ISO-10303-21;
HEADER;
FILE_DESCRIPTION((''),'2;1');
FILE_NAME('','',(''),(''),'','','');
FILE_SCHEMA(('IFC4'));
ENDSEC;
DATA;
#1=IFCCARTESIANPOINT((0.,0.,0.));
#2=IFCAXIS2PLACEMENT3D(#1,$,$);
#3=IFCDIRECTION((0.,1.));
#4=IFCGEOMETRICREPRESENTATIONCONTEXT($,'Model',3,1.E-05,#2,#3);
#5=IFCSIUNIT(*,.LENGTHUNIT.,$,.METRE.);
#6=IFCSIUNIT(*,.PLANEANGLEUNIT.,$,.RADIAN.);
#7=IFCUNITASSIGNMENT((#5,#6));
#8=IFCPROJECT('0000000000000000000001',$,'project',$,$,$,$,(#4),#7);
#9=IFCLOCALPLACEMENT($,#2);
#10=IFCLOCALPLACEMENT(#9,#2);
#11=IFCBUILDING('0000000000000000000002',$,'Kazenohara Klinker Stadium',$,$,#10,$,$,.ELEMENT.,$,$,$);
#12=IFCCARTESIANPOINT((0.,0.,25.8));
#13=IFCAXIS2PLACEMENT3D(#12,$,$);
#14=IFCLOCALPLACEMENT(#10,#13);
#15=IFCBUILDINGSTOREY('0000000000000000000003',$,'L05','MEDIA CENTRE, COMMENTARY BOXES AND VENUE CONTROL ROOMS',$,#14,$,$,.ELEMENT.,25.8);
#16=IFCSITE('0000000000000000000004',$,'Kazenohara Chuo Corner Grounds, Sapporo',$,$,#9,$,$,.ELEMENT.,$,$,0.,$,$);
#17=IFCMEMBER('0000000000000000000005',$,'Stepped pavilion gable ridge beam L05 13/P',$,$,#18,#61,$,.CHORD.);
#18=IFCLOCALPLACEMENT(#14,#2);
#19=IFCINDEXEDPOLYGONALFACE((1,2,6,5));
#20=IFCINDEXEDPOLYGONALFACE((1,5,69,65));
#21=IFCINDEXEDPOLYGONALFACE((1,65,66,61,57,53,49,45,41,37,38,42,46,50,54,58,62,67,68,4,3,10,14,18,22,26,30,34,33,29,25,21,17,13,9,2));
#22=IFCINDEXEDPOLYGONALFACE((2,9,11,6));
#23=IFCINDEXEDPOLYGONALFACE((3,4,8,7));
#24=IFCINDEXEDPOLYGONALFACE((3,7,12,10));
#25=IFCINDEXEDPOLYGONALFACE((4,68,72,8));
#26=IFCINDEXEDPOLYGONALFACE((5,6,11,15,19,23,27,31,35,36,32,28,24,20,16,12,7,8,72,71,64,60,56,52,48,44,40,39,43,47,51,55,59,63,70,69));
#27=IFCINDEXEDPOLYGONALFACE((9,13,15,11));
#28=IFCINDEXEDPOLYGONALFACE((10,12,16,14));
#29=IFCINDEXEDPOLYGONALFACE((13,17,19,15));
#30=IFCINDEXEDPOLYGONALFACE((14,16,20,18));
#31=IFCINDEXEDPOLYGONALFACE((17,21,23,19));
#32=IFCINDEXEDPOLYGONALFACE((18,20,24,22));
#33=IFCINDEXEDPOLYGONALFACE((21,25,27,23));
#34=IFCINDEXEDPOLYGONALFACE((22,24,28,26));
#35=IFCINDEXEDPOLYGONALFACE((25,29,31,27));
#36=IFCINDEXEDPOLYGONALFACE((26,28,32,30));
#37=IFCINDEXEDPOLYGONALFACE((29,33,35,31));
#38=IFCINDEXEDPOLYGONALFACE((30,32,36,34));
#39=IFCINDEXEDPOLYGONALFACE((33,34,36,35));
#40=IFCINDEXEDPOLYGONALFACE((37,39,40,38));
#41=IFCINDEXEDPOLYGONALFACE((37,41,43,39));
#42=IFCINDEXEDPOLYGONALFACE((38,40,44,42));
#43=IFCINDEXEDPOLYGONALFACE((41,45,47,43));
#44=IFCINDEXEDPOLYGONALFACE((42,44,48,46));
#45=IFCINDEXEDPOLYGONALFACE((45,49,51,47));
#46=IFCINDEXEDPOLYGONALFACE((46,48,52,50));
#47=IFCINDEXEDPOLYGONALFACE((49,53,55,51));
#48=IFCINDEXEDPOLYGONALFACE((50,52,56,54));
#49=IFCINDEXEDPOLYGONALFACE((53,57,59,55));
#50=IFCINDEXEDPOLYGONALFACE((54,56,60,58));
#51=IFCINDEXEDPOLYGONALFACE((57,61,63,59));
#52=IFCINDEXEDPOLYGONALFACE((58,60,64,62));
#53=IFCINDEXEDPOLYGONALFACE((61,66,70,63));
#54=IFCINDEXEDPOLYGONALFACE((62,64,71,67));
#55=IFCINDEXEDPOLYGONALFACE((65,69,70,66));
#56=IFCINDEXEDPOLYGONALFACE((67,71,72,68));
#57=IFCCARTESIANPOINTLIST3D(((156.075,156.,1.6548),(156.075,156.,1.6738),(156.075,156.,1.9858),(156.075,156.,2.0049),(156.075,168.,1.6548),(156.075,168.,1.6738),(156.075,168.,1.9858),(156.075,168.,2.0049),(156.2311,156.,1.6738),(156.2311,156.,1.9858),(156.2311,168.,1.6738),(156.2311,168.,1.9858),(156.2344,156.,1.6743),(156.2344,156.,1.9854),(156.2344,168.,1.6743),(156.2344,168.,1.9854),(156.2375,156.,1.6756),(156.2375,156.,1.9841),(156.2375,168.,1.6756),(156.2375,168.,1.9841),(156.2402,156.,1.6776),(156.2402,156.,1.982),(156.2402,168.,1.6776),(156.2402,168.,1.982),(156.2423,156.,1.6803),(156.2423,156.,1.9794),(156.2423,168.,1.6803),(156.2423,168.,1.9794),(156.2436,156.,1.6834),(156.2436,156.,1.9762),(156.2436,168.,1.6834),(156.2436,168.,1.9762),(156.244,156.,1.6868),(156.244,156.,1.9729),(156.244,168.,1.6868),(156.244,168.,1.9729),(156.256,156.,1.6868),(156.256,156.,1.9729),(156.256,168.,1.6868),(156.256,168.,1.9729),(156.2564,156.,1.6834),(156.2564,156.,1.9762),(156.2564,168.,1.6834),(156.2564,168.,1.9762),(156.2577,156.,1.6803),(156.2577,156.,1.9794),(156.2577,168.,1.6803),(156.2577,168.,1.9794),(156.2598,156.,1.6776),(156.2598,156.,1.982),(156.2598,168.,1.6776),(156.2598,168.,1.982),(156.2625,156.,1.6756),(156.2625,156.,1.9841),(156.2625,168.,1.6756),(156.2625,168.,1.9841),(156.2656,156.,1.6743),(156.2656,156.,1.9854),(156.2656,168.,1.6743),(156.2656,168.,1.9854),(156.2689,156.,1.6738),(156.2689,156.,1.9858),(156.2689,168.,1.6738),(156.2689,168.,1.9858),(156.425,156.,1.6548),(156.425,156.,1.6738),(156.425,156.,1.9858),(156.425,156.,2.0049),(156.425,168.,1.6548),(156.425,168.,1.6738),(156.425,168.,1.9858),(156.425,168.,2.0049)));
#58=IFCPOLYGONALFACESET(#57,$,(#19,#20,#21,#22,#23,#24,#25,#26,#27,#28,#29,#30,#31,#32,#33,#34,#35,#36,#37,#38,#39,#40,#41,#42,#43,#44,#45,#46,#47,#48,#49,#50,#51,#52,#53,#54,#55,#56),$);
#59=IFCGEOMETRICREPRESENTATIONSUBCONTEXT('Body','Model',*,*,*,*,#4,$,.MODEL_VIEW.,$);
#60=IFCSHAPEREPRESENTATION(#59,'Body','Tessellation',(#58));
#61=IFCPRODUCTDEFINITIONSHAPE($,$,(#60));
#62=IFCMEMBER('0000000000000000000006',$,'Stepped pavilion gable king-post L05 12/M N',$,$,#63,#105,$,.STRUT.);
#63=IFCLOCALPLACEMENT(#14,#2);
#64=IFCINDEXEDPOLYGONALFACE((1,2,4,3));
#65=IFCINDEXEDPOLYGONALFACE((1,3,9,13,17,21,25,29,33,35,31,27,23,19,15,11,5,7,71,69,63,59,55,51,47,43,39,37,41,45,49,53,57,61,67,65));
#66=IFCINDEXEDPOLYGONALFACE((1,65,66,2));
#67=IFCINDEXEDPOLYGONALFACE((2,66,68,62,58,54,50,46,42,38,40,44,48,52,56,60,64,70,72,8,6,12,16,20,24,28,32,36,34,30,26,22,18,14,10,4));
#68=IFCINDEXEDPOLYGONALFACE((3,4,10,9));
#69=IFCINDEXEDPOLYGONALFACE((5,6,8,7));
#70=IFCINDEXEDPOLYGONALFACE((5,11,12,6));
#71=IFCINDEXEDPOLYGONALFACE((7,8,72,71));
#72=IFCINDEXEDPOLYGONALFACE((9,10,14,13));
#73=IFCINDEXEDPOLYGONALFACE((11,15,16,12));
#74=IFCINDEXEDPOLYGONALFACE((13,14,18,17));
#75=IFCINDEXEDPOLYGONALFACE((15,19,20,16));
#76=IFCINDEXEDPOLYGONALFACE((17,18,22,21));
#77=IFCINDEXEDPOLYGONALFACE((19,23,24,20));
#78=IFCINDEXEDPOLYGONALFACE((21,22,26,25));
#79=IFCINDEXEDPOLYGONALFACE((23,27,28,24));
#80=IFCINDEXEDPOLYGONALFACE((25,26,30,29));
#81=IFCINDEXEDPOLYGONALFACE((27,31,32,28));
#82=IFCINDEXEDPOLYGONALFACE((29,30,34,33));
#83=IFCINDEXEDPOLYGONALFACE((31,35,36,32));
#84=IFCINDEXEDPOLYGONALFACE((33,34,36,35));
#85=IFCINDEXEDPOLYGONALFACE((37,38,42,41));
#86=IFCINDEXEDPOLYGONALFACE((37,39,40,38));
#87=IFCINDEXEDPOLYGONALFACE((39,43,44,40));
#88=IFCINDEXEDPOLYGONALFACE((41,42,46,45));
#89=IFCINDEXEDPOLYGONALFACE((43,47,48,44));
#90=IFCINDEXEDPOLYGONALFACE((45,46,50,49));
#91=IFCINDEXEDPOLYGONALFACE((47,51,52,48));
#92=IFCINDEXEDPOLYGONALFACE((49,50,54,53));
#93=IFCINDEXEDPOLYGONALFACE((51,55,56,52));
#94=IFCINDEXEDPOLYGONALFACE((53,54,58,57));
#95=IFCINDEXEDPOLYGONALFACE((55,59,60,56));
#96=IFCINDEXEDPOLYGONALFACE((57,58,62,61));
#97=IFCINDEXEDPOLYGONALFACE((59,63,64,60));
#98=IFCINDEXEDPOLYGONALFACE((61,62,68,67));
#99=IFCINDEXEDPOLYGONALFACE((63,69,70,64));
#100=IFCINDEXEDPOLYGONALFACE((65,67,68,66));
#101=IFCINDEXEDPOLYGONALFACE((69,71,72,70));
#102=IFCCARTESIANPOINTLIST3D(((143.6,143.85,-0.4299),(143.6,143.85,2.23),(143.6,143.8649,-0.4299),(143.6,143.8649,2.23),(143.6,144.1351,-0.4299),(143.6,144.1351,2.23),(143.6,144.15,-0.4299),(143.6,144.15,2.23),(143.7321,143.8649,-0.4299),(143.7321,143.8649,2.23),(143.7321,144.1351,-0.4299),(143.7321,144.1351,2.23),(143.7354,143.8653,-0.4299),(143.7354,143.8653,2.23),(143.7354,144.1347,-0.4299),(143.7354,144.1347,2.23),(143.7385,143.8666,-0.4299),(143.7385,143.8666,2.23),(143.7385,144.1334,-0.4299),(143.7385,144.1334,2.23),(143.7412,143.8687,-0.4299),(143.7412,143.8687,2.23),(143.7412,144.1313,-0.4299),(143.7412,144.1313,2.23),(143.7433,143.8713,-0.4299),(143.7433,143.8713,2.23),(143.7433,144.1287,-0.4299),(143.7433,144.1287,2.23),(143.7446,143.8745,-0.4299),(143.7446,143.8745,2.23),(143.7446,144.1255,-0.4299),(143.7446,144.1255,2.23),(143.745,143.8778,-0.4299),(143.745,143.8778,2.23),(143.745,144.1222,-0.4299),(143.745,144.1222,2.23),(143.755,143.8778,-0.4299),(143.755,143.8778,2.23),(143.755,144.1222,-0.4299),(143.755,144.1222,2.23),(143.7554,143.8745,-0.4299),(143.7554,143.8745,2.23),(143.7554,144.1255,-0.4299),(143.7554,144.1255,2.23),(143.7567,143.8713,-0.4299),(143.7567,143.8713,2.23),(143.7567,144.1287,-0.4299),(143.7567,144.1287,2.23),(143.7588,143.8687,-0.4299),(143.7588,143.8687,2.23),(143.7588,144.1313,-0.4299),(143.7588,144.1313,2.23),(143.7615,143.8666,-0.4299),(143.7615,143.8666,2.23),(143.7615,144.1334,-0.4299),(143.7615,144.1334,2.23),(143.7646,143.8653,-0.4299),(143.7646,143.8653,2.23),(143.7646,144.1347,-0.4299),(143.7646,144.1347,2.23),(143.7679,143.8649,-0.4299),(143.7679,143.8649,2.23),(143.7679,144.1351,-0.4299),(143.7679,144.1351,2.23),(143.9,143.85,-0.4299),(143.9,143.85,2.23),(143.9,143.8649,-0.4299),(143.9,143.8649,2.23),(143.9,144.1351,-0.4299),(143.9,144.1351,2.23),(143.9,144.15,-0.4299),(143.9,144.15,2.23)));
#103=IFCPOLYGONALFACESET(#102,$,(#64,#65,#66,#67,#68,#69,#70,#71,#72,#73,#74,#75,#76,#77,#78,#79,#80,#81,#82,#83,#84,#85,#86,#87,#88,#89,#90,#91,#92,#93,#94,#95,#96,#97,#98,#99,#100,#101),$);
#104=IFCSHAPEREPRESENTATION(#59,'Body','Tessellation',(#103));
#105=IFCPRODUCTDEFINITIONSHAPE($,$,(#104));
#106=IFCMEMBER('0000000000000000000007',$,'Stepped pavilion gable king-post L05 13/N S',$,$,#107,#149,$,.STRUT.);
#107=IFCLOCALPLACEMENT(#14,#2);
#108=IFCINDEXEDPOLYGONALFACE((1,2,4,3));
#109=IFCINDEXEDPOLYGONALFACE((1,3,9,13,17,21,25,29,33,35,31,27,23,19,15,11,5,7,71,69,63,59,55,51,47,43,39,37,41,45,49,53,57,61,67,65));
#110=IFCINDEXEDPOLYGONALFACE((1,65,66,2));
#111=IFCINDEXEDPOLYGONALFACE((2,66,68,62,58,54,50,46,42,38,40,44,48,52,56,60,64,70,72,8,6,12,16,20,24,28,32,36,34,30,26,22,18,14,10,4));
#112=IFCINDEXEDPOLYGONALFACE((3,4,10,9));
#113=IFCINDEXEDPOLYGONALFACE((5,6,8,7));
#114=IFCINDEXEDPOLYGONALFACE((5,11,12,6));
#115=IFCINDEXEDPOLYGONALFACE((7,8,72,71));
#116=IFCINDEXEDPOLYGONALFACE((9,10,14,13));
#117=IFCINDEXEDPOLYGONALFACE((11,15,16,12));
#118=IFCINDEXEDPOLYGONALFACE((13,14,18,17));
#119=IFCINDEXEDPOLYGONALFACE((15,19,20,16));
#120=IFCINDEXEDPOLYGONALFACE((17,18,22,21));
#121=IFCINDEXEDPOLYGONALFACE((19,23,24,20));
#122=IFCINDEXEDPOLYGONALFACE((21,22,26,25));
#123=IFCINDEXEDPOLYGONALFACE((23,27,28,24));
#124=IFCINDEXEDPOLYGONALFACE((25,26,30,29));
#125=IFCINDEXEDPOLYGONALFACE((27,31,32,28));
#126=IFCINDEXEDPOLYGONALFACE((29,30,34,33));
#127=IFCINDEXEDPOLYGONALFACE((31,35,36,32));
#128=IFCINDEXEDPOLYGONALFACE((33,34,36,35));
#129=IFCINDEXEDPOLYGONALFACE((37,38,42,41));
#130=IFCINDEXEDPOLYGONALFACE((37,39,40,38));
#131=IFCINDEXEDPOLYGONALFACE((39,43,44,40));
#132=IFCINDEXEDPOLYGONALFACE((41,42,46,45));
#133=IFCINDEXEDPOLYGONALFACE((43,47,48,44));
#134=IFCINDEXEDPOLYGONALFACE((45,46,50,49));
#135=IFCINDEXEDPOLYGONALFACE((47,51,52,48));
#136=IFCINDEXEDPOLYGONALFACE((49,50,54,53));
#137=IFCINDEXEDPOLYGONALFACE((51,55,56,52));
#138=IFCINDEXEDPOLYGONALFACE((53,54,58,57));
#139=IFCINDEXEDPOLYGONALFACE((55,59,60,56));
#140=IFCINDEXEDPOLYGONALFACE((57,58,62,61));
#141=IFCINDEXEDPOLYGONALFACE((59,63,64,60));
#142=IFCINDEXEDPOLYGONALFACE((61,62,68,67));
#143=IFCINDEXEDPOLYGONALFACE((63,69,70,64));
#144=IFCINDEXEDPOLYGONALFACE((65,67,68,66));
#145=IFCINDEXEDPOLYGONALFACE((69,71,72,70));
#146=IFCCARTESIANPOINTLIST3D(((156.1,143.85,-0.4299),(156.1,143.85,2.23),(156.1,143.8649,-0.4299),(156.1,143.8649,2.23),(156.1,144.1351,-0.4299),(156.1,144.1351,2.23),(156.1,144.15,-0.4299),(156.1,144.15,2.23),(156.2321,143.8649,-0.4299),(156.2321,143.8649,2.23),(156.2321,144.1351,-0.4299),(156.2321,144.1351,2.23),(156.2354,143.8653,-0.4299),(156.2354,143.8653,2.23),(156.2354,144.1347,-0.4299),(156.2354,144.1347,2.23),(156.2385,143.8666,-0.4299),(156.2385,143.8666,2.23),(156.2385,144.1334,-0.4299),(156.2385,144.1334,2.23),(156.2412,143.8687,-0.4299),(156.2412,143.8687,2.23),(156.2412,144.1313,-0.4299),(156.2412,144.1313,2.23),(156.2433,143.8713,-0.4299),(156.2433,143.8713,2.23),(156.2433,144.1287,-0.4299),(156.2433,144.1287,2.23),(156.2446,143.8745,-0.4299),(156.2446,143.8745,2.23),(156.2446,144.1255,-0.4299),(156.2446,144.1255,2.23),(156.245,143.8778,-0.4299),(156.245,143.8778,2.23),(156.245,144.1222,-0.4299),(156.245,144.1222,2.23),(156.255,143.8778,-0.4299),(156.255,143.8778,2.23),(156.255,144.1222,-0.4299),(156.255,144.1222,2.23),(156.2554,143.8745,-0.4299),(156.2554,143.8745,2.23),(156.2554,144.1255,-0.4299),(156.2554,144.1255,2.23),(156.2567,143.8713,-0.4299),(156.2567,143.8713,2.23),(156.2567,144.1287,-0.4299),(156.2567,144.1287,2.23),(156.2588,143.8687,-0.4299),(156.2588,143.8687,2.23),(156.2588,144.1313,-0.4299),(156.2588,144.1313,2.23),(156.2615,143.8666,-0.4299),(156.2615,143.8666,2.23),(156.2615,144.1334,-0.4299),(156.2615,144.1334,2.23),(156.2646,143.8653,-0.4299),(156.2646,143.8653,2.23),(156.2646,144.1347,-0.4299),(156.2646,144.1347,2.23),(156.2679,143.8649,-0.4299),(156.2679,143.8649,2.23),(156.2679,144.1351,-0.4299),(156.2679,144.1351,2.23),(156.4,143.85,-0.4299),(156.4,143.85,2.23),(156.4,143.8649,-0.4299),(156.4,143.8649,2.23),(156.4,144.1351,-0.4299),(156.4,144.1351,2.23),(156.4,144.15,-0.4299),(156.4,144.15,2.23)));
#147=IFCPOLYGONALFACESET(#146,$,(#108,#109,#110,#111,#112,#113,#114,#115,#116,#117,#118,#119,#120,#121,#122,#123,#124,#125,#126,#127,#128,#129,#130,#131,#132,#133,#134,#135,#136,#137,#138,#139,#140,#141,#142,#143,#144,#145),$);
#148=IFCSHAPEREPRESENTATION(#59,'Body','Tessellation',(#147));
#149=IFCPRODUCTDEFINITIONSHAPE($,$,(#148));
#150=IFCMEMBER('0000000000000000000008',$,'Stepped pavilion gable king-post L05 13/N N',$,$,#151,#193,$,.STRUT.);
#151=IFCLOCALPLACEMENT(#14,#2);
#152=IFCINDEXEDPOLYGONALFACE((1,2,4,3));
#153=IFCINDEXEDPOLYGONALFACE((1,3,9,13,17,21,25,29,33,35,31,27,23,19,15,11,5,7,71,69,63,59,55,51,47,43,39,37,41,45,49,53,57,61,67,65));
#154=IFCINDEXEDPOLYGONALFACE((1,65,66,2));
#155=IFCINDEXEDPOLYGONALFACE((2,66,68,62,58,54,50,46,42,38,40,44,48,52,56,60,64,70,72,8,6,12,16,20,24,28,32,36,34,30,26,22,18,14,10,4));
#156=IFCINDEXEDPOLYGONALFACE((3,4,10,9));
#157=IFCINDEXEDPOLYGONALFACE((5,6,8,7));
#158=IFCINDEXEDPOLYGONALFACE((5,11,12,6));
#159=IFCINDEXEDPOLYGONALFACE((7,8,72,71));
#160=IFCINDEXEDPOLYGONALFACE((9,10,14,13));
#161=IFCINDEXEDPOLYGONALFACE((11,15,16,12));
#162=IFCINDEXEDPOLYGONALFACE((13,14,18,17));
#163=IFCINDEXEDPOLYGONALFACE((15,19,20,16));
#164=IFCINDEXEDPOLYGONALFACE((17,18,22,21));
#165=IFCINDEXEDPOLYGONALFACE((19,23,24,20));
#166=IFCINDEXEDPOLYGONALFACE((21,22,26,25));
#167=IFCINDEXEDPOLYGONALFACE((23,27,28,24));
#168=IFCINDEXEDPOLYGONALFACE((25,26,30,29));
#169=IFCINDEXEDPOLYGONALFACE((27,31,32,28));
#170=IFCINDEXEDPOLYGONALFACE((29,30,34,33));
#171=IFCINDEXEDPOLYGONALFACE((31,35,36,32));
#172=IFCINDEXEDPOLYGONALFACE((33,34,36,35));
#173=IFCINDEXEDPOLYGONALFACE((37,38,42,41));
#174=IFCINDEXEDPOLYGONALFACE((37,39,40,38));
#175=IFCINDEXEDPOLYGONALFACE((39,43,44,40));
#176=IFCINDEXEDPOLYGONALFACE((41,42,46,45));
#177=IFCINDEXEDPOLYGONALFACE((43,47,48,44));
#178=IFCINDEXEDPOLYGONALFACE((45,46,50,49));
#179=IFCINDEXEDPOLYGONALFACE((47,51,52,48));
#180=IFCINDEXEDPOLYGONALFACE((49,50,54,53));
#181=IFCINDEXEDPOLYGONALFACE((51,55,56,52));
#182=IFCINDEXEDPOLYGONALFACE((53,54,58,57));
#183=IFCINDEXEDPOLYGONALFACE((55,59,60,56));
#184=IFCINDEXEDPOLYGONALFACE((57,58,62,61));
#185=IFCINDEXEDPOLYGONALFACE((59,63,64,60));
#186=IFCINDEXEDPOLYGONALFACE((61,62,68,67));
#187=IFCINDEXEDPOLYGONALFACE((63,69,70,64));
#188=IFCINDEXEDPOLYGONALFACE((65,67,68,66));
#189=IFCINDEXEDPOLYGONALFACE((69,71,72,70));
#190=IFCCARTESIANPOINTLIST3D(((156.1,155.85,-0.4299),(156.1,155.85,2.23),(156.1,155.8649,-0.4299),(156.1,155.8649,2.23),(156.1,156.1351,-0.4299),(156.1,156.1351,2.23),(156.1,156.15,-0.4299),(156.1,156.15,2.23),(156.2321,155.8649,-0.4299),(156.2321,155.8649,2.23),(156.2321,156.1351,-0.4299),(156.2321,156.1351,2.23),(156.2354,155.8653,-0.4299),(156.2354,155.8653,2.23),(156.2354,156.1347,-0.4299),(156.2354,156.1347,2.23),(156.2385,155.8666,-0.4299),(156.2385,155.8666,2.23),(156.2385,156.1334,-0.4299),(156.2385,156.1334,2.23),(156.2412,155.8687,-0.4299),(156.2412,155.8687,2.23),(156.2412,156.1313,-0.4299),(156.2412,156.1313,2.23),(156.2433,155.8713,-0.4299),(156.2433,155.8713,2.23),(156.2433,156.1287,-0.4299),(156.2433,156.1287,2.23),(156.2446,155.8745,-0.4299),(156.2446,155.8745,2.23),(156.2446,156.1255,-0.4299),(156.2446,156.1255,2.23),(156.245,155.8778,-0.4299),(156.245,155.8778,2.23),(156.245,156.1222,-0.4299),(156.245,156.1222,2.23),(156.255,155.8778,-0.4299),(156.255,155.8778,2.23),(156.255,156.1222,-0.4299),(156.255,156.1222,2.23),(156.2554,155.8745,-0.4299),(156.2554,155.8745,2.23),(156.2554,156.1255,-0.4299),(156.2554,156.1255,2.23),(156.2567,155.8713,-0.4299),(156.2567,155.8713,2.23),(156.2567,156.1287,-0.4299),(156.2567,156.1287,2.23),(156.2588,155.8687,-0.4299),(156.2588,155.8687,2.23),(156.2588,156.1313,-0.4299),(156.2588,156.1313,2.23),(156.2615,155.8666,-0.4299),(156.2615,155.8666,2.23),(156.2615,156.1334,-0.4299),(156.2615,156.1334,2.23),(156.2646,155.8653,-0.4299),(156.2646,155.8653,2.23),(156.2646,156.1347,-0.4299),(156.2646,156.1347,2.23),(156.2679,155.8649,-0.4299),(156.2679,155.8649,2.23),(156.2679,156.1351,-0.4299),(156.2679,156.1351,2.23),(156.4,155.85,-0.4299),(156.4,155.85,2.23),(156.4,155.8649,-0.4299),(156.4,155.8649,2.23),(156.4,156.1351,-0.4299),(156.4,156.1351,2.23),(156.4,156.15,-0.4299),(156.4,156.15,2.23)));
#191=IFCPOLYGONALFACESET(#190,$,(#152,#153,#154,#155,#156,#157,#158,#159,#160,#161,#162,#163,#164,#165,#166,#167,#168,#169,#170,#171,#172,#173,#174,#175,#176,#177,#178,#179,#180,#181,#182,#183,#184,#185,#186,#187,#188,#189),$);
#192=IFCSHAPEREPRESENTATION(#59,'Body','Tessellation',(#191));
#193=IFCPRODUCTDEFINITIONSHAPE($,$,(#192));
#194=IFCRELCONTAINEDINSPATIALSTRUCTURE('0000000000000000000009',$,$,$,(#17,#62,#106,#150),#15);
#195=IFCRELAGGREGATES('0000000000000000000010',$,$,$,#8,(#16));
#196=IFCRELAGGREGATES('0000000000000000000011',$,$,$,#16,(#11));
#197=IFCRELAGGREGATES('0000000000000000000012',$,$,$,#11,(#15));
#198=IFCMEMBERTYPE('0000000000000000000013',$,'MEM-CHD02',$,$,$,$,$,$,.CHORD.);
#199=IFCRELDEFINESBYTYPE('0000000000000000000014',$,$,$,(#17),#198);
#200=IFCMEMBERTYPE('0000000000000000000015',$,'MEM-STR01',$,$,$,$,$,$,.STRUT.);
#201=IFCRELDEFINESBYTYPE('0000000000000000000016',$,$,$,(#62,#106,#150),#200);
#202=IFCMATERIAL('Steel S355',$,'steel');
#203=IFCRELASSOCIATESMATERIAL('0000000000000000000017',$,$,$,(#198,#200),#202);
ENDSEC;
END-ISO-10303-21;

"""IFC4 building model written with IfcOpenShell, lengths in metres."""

from ifc_helpers import new_model, si_unit, direction, frame, origin, origin_2d, place, context, subcontext, project, spatial, i_section, extrude, material, material_profile, profile_set, type_object, element, save


model = new_model("IFC4")

# Units and contexts
model_context = context("Model", 3, precision=1e-05, world=origin(), true_north=direction((0.0, 1.0)))
body_context = subcontext(model_context, "Body", "Model", "MODEL_VIEW")
ifc_project = project(units=[si_unit("LENGTHUNIT", "METRE"), si_unit("PLANEANGLEUNIT", "RADIAN")], contexts=[model_context])

# Site, building, storey
site_placement = place(None, origin())
site = spatial("IfcSite", under=ifc_project, at=site_placement, Name="Kazenohara Chuo Corner Grounds, Sapporo", CompositionType="ELEMENT", RefElevation=0.0)
building_placement = place(site_placement, origin())
building = spatial("IfcBuilding", under=site, at=building_placement, Name="Kazenohara Klinker Stadium", CompositionType="ELEMENT")
storey_placement = place(building_placement, frame((0.0, 0.0, 25.8)))
storey = spatial("IfcBuildingStorey", under=building, at=storey_placement, Name="L05", Description="MEDIA CENTRE, COMMENTARY BOXES AND VENUE CONTROL ROOMS", CompositionType="ELEMENT", Elevation=25.8)

# Shared definitions
ifc_material_1 = material(Name="Steel S355", Category="steel")

# Members
ifc_material_profile_1 = material_profile(ifc_material_1, i_section(OverallWidth=0.3501, OverallDepth=0.3501, WebThickness=0.012, FlangeThickness=0.019, FilletRadius=0.0129, at=origin_2d()), Name="H-350x350x12x19")
ifc_profile_set_1 = profile_set([ifc_material_profile_1], Name="Steel S355")
member_type_1 = type_object("IfcMemberType", Name="MEM-CHD02", PredefinedType="CHORD", material=ifc_profile_set_1)
for number, where, z_axis, x_axis, name in (
    (1, (156.25, 156.0, 1.8298), (0.0, 1.0, 0.0), (-1.0, 0.0, 0.0), "Stepped pavilion gable ridge beam L05 13/P"),
):
    element("IfcMember", number, at=place(storey_placement, frame(where, z_axis=z_axis, x_axis=x_axis)), inside=storey, type_object=member_type_1, Name=name, PredefinedType="CHORD", context=body_context, shape_type="SweptSolid", body=[
        extrude(i_section(OverallWidth=0.3501, OverallDepth=0.3501, WebThickness=0.012, FlangeThickness=0.019, FilletRadius=0.0129, at=origin_2d()), origin(), (0.0, 0.0, 1.0), 12.0),
    ])
ifc_material_profile_2 = material_profile(ifc_material_1, i_section(OverallWidth=0.3, OverallDepth=0.3, WebThickness=0.01, FlangeThickness=0.0149, FilletRadius=0.0129, at=origin_2d()), Name="H-300x300x10x15")
ifc_profile_set_2 = profile_set([ifc_material_profile_2], Name="Steel S355")
member_type_2 = type_object("IfcMemberType", Name="MEM-STR01", PredefinedType="STRUT", material=ifc_profile_set_2)
for number, where, z_axis, x_axis, name in (
    (2, (143.75, 144.0, -0.4299), (0.0, 0.0, 1.0), (1.0, 0.0, 0.0), "Stepped pavilion gable king-post L05 12/M N"),
    (3, (156.25, 144.0, -0.4299), (0.0, 0.0, 1.0), (1.0, 0.0, 0.0), "Stepped pavilion gable king-post L05 13/N S"),
    (4, (156.25, 156.0, -0.4299), (0.0, 0.0, 1.0), (1.0, 0.0, 0.0), "Stepped pavilion gable king-post L05 13/N N"),
):
    element("IfcMember", number, at=place(storey_placement, frame(where, z_axis=z_axis, x_axis=x_axis)), inside=storey, type_object=member_type_2, Name=name, PredefinedType="STRUT", context=body_context, shape_type="SweptSolid", body=[
        extrude(i_section(OverallWidth=0.3, OverallDepth=0.3, WebThickness=0.01, FlangeThickness=0.0149, FilletRadius=0.0129, at=origin_2d()), origin(), (0.0, 0.0, 1.0), 2.6599),
    ])

save(model, "model.ifc")
